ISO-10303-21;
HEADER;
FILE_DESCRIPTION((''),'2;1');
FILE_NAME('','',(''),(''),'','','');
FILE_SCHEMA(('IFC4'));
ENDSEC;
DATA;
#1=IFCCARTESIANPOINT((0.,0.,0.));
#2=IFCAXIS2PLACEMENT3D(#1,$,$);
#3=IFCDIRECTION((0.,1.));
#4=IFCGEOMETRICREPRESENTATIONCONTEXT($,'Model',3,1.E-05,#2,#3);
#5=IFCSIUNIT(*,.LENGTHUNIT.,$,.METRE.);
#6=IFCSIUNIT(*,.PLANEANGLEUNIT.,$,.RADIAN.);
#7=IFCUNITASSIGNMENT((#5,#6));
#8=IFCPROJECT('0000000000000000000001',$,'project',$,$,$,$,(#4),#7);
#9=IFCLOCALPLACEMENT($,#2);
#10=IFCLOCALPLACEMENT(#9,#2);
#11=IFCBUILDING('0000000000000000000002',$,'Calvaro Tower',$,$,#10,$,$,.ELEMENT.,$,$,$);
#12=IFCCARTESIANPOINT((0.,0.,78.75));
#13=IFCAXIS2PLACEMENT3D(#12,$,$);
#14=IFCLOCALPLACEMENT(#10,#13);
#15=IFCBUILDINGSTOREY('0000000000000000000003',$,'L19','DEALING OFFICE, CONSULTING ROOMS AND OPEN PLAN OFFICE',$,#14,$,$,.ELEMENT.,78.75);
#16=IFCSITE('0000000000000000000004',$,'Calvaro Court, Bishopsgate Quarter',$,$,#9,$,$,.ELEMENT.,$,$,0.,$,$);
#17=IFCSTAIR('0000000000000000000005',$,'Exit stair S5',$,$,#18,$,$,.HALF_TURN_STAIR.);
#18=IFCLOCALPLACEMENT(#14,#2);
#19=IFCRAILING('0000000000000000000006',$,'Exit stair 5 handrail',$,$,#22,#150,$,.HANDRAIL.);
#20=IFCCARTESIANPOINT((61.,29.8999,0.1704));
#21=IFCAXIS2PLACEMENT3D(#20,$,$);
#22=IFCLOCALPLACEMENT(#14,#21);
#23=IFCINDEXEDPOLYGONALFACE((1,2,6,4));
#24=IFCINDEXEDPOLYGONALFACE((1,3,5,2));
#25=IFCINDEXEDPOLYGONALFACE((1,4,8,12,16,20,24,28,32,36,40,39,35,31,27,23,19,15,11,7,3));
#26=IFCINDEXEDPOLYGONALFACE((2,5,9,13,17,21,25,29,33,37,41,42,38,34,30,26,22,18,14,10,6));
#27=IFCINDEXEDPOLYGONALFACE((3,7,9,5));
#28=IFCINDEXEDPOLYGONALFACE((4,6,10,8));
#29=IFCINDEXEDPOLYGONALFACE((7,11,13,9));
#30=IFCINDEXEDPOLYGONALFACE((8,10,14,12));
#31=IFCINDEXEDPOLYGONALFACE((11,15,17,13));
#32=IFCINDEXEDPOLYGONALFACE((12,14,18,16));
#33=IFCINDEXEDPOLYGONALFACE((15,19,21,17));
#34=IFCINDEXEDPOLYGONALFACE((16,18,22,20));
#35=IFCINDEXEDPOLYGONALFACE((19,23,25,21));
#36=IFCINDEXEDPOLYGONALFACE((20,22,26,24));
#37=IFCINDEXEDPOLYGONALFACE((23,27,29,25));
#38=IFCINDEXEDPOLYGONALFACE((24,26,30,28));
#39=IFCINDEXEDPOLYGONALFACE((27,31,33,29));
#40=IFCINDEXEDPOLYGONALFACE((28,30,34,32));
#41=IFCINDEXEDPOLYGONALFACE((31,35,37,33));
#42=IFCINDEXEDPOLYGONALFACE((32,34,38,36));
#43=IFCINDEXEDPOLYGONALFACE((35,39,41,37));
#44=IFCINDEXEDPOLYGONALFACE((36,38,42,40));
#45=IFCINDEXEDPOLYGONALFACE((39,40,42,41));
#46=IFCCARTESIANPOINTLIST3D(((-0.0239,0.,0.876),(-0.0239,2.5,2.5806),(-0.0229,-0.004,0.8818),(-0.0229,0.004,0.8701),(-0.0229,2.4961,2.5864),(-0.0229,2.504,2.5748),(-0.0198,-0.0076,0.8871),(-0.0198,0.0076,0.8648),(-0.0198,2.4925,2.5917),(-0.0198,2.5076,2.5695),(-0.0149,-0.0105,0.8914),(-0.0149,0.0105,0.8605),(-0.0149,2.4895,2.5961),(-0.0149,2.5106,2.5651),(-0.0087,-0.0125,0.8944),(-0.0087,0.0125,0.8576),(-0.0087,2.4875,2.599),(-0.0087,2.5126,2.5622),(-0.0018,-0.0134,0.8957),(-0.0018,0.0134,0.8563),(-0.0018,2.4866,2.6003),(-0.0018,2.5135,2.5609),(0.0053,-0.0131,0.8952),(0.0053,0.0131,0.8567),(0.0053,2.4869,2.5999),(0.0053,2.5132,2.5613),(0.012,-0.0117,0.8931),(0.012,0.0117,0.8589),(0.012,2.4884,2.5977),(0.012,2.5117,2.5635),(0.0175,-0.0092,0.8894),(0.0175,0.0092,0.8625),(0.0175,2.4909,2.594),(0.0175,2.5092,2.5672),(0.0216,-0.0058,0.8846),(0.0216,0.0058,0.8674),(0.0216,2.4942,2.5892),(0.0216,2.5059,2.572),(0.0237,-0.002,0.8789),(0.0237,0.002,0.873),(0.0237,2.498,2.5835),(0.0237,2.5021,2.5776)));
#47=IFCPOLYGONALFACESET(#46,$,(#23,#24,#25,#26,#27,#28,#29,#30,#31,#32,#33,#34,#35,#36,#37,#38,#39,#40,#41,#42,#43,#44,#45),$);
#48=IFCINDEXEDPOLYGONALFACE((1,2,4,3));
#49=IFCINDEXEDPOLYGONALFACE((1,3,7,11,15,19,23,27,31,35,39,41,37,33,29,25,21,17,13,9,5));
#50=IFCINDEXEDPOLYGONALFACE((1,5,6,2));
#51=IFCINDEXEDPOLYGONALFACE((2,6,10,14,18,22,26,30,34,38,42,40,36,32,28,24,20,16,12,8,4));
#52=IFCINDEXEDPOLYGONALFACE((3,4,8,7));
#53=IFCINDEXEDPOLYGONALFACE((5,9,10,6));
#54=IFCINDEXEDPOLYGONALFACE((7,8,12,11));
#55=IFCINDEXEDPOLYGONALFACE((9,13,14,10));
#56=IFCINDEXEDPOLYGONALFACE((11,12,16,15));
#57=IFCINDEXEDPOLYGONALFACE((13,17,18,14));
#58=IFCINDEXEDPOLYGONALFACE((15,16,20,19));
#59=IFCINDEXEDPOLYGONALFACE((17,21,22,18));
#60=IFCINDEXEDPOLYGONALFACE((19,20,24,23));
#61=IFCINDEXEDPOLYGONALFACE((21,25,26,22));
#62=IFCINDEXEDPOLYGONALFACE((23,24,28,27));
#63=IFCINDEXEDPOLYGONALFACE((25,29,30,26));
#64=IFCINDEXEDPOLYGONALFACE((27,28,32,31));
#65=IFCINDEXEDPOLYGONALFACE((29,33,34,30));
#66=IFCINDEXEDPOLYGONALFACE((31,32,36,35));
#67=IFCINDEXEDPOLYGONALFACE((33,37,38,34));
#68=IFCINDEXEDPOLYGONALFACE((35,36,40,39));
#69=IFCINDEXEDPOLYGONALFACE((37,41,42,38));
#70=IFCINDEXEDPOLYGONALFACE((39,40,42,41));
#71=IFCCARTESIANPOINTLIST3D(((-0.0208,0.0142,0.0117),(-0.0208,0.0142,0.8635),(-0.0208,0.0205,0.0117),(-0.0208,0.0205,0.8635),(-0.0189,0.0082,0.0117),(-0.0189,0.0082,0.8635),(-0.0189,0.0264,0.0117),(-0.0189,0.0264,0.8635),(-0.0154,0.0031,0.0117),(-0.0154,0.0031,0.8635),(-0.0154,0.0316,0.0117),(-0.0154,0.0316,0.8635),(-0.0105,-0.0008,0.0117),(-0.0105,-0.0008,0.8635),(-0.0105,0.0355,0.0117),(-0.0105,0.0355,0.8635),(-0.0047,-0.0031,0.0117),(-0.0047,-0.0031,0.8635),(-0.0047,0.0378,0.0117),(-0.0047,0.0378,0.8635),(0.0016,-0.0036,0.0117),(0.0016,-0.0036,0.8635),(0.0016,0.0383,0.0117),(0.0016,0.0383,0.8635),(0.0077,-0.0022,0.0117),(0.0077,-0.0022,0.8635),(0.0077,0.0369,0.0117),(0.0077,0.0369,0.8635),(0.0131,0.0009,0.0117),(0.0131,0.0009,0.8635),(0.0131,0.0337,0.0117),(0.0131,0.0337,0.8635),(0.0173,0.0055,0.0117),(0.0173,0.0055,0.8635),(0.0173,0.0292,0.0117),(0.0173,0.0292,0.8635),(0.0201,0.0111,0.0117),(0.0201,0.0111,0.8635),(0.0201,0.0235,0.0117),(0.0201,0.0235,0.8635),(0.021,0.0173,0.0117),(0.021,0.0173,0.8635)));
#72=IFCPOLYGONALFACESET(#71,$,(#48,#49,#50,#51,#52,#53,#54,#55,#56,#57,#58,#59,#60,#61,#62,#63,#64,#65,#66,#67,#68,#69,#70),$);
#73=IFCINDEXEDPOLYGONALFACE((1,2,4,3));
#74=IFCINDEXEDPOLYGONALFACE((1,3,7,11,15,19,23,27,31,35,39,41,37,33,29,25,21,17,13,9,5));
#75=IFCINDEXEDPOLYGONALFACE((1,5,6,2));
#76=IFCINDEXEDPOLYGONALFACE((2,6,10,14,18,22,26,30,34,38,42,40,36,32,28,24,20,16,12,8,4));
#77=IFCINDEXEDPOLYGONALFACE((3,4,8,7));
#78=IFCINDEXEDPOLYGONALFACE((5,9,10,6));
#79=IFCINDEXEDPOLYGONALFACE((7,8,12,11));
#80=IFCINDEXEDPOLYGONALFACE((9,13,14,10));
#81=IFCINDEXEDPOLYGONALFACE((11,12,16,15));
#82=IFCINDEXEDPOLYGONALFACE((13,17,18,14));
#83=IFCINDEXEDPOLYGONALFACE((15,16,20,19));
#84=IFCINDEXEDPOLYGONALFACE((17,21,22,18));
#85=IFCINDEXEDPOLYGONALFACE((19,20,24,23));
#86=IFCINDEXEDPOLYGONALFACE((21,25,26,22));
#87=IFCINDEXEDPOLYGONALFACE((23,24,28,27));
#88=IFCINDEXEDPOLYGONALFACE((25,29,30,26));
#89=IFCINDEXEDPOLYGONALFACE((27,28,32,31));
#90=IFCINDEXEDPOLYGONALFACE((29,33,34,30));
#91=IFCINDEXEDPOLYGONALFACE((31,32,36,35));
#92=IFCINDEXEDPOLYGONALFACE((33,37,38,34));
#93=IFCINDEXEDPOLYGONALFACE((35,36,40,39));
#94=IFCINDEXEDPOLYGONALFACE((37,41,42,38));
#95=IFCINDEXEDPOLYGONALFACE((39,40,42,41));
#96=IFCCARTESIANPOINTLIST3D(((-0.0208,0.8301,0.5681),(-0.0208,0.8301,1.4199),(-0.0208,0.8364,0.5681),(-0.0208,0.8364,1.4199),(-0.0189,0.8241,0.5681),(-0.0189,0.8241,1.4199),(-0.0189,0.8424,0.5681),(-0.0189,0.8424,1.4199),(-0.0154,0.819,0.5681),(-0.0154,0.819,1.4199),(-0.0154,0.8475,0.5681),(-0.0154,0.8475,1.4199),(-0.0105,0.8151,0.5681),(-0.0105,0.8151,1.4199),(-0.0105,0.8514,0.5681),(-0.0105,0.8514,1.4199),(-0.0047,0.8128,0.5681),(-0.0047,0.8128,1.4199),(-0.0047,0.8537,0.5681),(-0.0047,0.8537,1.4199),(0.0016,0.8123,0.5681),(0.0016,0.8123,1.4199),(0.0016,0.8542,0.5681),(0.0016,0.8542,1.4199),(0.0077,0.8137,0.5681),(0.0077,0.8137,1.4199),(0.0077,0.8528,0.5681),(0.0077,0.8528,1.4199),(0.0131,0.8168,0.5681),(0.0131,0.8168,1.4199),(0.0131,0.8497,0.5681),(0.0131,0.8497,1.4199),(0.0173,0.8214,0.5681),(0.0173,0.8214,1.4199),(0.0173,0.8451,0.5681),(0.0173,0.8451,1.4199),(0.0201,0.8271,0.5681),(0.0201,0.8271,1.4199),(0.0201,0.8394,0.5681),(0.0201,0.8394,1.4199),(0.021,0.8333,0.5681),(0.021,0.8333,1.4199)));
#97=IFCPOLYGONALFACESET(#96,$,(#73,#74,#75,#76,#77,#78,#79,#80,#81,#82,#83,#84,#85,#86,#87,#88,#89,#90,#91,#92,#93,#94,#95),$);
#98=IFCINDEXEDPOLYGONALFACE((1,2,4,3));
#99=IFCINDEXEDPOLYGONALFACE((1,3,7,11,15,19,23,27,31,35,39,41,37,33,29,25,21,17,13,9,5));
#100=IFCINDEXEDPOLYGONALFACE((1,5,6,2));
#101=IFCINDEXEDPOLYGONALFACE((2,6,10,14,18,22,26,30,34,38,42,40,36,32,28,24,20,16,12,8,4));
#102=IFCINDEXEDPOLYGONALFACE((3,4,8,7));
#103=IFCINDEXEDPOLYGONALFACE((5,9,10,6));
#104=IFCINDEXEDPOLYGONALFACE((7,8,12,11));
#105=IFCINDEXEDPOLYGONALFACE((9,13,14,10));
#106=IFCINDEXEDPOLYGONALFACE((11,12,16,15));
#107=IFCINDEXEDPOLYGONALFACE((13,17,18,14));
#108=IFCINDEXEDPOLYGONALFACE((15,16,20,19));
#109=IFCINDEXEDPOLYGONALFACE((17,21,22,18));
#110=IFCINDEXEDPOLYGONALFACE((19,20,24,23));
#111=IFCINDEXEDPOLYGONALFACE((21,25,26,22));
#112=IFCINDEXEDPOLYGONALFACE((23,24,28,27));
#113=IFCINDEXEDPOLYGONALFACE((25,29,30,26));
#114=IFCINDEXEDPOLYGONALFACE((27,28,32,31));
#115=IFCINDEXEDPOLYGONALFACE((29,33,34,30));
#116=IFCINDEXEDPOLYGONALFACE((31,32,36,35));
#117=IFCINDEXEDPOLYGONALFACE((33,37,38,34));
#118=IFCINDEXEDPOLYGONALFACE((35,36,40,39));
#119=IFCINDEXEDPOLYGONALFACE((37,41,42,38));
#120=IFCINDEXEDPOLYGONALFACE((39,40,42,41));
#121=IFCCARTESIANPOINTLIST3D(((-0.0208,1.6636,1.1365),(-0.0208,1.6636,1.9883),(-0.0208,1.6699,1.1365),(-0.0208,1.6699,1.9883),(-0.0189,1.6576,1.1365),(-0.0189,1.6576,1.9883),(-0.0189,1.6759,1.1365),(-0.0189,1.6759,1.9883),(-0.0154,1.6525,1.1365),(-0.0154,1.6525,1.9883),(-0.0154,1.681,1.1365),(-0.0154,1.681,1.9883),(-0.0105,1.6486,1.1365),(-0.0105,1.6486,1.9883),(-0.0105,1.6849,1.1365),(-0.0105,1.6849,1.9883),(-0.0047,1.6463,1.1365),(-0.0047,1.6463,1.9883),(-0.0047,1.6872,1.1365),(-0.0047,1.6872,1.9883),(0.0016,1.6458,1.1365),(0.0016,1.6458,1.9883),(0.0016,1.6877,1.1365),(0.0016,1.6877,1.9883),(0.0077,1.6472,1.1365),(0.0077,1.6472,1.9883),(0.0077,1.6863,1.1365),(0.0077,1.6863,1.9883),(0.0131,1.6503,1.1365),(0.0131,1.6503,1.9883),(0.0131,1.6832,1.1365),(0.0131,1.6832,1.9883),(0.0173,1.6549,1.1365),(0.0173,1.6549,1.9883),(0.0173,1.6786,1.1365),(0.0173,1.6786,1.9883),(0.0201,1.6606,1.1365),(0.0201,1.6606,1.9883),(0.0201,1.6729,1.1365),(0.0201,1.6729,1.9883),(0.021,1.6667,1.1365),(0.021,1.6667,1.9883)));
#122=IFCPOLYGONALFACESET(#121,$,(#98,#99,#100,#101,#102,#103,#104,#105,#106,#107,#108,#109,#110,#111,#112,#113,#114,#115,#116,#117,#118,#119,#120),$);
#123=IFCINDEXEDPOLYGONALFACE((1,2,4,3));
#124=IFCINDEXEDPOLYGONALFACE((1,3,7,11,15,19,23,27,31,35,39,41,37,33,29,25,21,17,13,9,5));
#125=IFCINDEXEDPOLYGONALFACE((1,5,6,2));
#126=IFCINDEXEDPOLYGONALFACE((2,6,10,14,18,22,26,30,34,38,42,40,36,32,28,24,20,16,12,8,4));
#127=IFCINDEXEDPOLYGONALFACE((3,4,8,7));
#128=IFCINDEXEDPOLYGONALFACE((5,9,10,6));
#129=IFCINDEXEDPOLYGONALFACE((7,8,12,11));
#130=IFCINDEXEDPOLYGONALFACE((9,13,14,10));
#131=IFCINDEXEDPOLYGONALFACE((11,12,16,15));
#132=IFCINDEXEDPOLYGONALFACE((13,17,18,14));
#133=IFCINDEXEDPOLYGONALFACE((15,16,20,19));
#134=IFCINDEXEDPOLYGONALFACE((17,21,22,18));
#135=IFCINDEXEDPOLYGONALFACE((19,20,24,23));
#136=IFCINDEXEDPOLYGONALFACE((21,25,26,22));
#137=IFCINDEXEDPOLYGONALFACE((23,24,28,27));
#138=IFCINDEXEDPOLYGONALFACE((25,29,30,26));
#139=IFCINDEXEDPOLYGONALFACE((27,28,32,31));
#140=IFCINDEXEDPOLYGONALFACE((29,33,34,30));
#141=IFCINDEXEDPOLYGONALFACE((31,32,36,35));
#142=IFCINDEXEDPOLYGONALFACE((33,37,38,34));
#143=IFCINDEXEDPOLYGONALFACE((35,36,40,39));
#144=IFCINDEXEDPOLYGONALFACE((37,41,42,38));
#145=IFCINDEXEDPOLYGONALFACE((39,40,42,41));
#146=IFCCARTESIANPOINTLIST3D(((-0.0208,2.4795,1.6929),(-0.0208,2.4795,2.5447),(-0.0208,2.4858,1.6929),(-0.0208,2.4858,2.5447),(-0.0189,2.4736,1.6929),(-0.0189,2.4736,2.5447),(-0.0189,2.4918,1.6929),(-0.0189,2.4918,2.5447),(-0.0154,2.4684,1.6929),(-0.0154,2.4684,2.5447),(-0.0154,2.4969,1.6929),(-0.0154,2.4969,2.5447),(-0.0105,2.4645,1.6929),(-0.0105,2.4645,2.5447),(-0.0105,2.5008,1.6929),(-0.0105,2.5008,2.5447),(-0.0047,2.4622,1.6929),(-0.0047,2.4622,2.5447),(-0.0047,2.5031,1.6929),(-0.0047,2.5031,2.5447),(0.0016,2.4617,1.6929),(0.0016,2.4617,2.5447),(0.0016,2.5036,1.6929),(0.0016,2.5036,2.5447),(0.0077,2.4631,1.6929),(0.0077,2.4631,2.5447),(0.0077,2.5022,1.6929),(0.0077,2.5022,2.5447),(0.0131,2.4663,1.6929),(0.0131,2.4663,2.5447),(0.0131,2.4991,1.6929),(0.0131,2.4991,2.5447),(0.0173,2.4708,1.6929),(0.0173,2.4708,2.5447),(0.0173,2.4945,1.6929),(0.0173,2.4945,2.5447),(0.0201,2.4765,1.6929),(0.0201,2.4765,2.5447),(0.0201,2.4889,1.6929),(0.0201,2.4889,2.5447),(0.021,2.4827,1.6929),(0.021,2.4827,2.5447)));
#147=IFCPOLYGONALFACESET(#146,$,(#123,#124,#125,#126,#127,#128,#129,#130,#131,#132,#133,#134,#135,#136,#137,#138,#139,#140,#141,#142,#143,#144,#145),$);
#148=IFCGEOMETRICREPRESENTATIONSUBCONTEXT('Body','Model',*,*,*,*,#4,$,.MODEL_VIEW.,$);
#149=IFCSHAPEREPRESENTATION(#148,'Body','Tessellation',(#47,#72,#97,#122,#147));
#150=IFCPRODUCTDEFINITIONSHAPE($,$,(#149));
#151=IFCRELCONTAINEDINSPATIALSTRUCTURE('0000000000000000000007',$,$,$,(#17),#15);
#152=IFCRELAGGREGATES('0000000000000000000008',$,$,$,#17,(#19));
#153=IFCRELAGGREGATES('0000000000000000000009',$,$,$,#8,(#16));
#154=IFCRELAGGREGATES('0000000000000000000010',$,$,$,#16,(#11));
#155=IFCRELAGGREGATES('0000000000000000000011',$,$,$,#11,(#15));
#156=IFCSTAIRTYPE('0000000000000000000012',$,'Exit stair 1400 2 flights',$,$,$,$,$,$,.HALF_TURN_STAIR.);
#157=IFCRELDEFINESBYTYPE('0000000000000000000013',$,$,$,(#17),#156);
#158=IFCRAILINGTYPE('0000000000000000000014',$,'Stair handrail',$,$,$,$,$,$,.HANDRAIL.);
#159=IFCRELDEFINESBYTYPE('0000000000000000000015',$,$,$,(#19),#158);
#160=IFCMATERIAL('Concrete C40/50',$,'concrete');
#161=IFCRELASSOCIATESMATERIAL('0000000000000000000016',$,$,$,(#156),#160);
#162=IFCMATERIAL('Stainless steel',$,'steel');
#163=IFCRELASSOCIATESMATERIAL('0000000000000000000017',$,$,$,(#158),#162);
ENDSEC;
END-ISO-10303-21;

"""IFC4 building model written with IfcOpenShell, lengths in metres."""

from ifc_helpers import new_model, si_unit, direction, frame, origin, origin_2d, place, context, subcontext, project, spatial, circle, extrude, material, type_object, element, aggregate, save


model = new_model("IFC4")

# Units and contexts
model_context = context("Model", 3, precision=1e-05, world=origin(), true_north=direction((0.0, 1.0)))
body_context = subcontext(model_context, "Body", "Model", "MODEL_VIEW")
ifc_project = project(units=[si_unit("LENGTHUNIT", "METRE"), si_unit("PLANEANGLEUNIT", "RADIAN")], contexts=[model_context])

# Site, building, storey
site_placement = place(None, origin())
site = spatial("IfcSite", under=ifc_project, at=site_placement, Name="Calvaro Court, Bishopsgate Quarter", CompositionType="ELEMENT", RefElevation=0.0)
building_placement = place(site_placement, origin())
building = spatial("IfcBuilding", under=site, at=building_placement, Name="Calvaro Tower", CompositionType="ELEMENT")
storey_placement = place(building_placement, frame((0.0, 0.0, 78.75)))
storey = spatial("IfcBuildingStorey", under=building, at=storey_placement, Name="L19", Description="DEALING OFFICE, CONSULTING ROOMS AND OPEN PLAN OFFICE", CompositionType="ELEMENT", Elevation=78.75)

# Stair, railing
ifc_material_1 = material(Name="Concrete C40/50", Category="concrete")
stair_type = type_object("IfcStairType", Name="Exit stair 1400 2 flights", PredefinedType="HALF_TURN_STAIR", material=ifc_material_1)
stair_placement = place(storey_placement, origin())
stair = element("IfcStair", 1, at=stair_placement, inside=storey, type_object=stair_type, Name="Exit stair S5", PredefinedType="HALF_TURN_STAIR")
ifc_material_2 = material(Name="Stainless steel", Category="steel")
railing_type = type_object("IfcRailingType", Name="Stair handrail", PredefinedType="HANDRAIL", material=ifc_material_2)
railing_placement = place(storey_placement, frame((61.0, 29.8999, 0.1704)))
railing = element("IfcRailing", 2, at=railing_placement, type_object=railing_type, Name="Exit stair 5 handrail", PredefinedType="HANDRAIL", context=body_context, shape_type="SweptSolid", body=[
    extrude(circle(Radius=0.0239, at=origin_2d()), frame((0.0, 0.0, 0.876), z_axis=(0.0, 0.826221, 0.563347), x_axis=(-1.0, 0.0, 0.0)), (0.0, 0.0, 1.0), 3.0259),
    extrude(circle(Radius=0.021, at=origin_2d()), frame((0.0, 0.0173, 0.0117)), (0.0, 0.0, 1.0), 0.8518),
    extrude(circle(Radius=0.021, at=origin_2d()), frame((0.0, 0.8333, 0.5681)), (0.0, 0.0, 1.0), 0.8518),
    extrude(circle(Radius=0.021, at=origin_2d()), frame((0.0, 1.6667, 1.1365)), (0.0, 0.0, 1.0), 0.8518),
    extrude(circle(Radius=0.021, at=origin_2d()), frame((0.0, 2.4827, 1.6929)), (0.0, 0.0, 1.0), 0.8518),
])
aggregate(stair, [railing])

save(model, "model.ifc")
